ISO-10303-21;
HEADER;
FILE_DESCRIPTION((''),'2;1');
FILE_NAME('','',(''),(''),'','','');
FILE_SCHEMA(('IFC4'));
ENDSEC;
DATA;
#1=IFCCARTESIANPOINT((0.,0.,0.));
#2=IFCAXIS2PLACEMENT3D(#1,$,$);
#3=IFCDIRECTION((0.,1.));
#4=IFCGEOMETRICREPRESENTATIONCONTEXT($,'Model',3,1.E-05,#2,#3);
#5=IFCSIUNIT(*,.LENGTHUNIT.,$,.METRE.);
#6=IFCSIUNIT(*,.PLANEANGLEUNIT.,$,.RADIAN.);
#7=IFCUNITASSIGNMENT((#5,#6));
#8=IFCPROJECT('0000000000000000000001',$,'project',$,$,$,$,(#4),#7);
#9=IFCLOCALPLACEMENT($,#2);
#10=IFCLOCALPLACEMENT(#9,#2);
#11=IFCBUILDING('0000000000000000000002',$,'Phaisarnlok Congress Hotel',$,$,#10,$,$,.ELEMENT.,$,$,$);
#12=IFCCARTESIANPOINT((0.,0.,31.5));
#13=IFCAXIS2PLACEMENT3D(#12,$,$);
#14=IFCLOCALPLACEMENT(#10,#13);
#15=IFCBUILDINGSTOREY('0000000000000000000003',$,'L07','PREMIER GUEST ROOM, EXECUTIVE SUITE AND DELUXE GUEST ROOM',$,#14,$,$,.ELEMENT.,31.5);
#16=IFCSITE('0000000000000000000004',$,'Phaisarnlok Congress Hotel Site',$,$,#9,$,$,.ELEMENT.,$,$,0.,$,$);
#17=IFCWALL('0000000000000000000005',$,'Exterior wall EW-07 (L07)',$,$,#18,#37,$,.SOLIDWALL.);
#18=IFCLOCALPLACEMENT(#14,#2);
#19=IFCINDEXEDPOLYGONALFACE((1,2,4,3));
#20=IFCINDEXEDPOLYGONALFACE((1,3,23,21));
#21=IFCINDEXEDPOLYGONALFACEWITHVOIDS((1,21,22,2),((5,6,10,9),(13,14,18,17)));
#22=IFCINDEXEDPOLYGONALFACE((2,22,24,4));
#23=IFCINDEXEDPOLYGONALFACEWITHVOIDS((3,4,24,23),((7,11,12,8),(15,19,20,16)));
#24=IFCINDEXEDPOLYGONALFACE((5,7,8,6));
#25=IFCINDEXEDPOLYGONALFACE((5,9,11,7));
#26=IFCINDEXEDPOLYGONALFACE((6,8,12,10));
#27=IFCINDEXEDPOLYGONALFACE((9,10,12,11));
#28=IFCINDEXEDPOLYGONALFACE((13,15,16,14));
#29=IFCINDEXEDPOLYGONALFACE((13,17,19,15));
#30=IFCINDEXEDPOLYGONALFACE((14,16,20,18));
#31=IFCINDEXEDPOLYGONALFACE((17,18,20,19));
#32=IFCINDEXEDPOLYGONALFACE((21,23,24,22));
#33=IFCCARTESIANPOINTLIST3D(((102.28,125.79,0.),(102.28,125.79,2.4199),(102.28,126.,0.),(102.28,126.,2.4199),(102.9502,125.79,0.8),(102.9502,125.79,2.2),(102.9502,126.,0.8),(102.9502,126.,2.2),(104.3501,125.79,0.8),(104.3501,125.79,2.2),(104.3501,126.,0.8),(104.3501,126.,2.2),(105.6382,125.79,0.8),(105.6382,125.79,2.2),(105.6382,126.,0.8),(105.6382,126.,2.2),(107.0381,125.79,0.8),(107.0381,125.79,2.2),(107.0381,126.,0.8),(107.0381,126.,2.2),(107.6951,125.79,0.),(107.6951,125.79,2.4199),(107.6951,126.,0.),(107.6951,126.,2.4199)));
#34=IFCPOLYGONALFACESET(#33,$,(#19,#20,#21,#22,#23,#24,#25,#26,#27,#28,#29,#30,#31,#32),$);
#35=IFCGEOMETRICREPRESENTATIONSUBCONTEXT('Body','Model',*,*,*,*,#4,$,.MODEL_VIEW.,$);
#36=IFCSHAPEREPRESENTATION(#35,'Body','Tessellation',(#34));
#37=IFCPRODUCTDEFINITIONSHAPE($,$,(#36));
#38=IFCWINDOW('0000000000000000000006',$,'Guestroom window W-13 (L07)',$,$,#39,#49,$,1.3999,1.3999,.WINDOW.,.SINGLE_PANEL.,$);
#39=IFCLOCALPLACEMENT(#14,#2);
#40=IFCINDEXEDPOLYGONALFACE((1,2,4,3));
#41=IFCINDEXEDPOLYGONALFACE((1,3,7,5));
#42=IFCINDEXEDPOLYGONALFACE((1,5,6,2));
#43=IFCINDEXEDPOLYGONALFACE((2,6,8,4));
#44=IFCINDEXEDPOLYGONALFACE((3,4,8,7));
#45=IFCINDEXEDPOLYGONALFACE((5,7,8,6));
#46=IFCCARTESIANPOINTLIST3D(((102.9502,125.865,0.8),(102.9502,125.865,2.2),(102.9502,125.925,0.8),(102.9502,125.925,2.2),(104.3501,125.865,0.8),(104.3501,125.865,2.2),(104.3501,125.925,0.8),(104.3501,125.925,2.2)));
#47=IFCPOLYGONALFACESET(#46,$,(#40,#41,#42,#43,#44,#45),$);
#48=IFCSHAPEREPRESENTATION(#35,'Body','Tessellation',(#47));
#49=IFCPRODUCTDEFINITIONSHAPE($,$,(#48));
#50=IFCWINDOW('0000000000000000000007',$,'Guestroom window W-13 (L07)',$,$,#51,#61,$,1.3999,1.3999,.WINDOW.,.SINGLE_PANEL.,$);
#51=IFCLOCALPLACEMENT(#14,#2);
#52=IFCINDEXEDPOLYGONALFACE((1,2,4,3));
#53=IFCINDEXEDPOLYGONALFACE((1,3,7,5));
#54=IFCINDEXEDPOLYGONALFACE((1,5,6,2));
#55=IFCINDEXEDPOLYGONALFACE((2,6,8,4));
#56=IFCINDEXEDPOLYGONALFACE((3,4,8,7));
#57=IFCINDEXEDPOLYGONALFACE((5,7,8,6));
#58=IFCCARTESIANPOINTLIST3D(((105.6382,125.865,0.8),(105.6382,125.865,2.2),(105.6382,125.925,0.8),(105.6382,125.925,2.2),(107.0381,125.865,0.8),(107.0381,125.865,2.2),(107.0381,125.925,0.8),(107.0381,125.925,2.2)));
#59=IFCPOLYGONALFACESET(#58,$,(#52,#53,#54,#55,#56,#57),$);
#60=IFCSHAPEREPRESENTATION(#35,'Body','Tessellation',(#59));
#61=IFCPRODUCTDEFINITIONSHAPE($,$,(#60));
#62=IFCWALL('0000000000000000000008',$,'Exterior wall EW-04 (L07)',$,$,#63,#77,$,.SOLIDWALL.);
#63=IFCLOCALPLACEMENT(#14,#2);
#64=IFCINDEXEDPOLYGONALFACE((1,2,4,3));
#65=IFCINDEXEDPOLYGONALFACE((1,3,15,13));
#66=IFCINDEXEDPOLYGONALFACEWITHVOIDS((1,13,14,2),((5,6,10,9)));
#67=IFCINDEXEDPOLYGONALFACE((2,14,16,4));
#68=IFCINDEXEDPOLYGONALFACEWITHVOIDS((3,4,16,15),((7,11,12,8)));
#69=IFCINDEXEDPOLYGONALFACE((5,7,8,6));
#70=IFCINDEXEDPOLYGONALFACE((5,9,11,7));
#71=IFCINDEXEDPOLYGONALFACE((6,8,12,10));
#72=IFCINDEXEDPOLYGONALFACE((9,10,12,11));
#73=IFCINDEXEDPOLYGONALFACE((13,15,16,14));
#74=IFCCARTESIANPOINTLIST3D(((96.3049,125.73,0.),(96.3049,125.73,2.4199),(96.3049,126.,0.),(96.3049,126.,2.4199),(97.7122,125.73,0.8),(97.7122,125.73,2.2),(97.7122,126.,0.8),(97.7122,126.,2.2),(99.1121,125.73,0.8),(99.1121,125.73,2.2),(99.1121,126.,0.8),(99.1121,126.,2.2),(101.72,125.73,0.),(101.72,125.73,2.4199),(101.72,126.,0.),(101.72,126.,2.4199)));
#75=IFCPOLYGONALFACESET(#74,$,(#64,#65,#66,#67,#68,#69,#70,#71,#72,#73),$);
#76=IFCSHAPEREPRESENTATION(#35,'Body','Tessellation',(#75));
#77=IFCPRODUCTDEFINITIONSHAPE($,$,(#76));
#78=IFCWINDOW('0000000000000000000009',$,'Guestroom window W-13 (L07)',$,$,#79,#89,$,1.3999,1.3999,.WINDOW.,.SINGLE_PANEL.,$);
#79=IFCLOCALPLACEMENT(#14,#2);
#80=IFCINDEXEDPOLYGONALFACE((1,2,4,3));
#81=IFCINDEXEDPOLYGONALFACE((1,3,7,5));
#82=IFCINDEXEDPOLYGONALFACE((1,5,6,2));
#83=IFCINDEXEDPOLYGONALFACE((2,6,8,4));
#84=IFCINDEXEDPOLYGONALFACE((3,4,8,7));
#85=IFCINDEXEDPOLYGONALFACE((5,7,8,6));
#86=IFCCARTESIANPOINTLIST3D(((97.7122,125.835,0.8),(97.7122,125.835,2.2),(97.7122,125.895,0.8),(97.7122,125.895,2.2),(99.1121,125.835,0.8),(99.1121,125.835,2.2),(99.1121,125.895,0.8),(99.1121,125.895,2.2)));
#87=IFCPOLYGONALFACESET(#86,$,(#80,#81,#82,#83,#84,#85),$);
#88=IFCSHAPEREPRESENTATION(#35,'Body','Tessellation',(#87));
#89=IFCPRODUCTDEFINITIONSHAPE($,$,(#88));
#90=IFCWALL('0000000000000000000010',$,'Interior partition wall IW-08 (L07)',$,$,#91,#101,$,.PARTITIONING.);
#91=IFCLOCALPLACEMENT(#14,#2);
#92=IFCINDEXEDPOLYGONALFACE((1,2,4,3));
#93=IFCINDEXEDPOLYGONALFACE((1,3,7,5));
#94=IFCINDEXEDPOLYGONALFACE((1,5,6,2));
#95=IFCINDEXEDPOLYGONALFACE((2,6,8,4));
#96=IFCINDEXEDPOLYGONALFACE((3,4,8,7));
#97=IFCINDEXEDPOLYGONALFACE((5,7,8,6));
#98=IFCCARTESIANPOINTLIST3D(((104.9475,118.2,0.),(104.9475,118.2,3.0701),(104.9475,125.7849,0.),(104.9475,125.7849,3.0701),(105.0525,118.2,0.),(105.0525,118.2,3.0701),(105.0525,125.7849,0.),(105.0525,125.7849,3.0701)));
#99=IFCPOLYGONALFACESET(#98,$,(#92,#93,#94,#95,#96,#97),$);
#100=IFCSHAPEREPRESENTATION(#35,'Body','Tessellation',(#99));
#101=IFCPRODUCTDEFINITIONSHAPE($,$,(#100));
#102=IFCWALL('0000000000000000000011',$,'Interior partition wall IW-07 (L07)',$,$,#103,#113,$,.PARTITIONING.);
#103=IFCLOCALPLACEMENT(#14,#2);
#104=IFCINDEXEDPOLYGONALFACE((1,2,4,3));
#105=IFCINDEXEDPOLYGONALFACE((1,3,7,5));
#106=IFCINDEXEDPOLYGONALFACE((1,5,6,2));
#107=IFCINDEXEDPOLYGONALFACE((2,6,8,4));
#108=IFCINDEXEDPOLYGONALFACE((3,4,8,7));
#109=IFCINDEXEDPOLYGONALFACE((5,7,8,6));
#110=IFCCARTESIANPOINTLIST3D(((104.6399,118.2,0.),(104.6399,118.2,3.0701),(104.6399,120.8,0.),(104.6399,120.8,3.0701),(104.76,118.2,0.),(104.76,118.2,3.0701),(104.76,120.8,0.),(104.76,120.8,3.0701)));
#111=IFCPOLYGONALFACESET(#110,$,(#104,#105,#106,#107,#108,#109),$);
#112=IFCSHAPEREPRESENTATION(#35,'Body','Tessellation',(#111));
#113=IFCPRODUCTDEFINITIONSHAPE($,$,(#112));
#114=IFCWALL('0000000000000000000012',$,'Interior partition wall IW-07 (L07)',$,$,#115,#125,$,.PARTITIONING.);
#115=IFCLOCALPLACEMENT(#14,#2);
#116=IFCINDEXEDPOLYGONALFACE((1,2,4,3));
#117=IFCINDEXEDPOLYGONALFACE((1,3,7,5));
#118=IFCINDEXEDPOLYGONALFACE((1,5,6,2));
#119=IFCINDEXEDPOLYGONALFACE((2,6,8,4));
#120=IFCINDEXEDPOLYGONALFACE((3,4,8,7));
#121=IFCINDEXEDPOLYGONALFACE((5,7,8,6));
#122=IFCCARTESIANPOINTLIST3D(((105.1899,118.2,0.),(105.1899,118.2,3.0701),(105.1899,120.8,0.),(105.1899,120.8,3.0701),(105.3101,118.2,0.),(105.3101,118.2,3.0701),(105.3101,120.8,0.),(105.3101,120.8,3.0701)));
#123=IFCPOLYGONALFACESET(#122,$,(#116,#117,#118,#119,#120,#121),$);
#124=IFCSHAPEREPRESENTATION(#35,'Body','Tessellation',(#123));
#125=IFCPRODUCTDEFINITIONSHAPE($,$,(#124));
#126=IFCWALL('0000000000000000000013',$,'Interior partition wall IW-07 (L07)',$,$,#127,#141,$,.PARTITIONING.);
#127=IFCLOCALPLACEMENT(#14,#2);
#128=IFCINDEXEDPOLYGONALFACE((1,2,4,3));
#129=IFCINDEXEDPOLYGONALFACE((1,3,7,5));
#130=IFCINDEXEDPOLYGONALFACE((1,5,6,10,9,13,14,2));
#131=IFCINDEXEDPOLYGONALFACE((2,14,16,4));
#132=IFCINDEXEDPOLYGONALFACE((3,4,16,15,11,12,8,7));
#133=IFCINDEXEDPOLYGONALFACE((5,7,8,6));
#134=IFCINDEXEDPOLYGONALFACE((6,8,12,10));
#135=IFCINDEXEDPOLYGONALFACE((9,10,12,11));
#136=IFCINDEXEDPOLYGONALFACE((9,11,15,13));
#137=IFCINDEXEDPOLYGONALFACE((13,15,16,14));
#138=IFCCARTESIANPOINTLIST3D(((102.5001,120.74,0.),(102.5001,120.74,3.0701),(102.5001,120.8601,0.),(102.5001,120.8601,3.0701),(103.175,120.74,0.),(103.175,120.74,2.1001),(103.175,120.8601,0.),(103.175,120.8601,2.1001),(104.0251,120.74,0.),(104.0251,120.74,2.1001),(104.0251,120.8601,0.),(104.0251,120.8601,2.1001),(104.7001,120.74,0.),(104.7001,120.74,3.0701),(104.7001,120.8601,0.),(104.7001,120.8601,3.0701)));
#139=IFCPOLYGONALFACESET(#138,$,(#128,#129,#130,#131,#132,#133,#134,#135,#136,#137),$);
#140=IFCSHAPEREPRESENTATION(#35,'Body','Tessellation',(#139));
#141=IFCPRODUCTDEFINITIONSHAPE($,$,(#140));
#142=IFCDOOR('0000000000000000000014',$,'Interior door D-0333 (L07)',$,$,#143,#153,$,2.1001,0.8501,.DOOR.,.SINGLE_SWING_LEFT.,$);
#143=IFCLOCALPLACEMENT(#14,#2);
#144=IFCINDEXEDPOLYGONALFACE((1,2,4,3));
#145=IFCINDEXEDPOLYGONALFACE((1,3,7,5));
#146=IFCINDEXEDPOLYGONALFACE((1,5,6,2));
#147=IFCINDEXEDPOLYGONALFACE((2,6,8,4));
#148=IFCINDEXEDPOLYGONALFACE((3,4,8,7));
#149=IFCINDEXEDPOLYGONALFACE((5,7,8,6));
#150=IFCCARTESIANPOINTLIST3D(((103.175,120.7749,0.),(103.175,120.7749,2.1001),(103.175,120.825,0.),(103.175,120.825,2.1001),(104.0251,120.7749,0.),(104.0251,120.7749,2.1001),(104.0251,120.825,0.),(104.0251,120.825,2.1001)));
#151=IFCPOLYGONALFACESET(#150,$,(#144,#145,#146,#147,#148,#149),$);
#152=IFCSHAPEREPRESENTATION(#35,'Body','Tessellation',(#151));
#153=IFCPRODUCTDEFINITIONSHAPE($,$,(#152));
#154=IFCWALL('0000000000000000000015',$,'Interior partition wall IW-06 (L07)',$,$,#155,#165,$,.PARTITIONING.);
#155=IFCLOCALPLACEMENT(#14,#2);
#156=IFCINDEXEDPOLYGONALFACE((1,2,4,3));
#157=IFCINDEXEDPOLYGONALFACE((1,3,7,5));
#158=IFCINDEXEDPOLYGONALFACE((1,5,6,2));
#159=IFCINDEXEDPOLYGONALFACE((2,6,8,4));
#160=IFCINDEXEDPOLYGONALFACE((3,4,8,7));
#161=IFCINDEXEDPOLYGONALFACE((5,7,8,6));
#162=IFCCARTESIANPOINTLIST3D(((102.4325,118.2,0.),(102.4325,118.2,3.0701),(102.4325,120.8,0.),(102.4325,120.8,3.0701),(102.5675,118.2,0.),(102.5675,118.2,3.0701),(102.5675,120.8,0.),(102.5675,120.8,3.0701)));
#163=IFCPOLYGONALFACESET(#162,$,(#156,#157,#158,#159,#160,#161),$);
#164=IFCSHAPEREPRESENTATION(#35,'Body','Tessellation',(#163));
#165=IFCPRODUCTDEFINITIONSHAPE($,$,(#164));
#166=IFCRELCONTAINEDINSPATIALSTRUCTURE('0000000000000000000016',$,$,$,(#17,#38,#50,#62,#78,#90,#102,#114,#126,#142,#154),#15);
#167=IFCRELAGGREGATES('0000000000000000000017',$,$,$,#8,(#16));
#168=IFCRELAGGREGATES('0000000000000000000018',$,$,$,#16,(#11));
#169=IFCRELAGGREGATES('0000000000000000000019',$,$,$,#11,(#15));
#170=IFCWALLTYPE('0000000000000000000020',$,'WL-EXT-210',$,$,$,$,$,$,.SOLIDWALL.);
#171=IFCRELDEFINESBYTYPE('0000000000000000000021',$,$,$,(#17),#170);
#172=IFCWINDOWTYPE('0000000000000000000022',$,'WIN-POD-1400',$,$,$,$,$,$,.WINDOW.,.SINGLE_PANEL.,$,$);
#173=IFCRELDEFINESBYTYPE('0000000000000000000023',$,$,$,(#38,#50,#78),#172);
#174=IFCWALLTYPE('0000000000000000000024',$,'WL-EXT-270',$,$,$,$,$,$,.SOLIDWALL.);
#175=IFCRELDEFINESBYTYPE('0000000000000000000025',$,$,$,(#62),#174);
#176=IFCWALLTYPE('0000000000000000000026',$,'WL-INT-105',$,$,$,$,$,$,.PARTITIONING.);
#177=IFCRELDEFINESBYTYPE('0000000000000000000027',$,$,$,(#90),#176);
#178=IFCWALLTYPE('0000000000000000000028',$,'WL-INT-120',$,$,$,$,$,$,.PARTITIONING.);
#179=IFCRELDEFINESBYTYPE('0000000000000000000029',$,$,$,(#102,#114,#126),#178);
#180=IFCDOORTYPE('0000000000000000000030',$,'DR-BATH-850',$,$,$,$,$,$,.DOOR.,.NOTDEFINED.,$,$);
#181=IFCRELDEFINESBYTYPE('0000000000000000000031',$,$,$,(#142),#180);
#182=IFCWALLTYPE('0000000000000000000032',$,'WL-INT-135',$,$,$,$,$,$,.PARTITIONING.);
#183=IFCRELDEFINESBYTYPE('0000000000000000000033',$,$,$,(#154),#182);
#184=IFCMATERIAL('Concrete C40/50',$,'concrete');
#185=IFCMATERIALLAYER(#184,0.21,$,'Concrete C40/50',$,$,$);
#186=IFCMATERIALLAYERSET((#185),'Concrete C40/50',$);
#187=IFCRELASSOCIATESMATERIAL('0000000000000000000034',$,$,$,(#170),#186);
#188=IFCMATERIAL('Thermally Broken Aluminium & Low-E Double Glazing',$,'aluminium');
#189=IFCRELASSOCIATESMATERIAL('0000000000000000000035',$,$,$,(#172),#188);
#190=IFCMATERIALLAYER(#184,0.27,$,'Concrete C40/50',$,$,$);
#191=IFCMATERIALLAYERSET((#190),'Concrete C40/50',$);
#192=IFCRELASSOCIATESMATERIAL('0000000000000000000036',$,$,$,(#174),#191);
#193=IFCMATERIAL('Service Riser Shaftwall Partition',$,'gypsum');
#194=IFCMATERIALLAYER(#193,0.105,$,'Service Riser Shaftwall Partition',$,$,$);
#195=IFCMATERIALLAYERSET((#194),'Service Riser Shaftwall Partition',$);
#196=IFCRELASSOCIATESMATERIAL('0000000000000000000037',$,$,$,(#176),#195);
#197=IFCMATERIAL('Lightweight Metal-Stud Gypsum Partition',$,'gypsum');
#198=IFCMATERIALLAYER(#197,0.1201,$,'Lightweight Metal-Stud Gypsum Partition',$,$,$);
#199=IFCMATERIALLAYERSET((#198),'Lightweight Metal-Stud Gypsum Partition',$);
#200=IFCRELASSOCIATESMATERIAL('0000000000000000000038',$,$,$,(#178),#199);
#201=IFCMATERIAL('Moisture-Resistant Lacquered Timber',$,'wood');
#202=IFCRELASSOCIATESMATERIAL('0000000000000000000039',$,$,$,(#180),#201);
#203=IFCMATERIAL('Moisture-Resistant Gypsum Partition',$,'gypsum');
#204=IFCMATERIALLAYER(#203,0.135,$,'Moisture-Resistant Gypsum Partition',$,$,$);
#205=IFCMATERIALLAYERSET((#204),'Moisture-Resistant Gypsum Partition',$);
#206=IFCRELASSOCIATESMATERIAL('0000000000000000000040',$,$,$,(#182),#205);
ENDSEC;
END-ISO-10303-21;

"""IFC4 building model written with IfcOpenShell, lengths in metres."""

from ifc_helpers import new_model, si_unit, direction, frame, frame_2d, origin, place, context, subcontext, project, spatial, rectangle, extrude, material, layer, layer_set, type_object, element, fill, save


model = new_model("IFC4")

# Units and contexts
model_context = context("Model", 3, precision=1e-05, world=origin(), true_north=direction((0.0, 1.0)))
body_context = subcontext(model_context, "Body", "Model", "MODEL_VIEW")
ifc_project = project(units=[si_unit("LENGTHUNIT", "METRE"), si_unit("PLANEANGLEUNIT", "RADIAN")], contexts=[model_context])

# Site, building, storey
site_placement = place(None, origin())
site = spatial("IfcSite", under=ifc_project, at=site_placement, Name="Phaisarnlok Congress Hotel Site", CompositionType="ELEMENT", RefElevation=0.0)
building_placement = place(site_placement, origin())
building = spatial("IfcBuilding", under=site, at=building_placement, Name="Phaisarnlok Congress Hotel", CompositionType="ELEMENT")
storey_placement = place(building_placement, frame((0.0, 0.0, 31.5)))
storey = spatial("IfcBuildingStorey", under=building, at=storey_placement, Name="L07", Description="PREMIER GUEST ROOM, EXECUTIVE SUITE AND DELUXE GUEST ROOM", CompositionType="ELEMENT", Elevation=31.5)

# Shared definitions
ifc_material_1 = material(Name="Concrete C40/50", Category="concrete")

# Wall, openings, windows
ifc_layer_1 = layer(ifc_material_1, 0.21, Name="Concrete C40/50")
ifc_layer_set_1 = layer_set([ifc_layer_1], Name="Concrete C40/50")
wall_type_1 = type_object("IfcWallType", Name="WL-EXT-210", PredefinedType="SOLIDWALL", material=ifc_layer_set_1)
wall_1_placement = place(storey_placement, frame((107.6951, 125.895, 0.0), z_axis=(0.0, 0.0, 1.0), x_axis=(-1.0, 0.0, 0.0)))
wall_1 = element("IfcWall", 1, at=wall_1_placement, inside=storey, type_object=wall_type_1, Name="Exterior wall EW-07 (L07)", PredefinedType="SOLIDWALL", context=body_context, shape_type="SweptSolid", body=[
    extrude(rectangle(XDim=5.415, YDim=0.21, at=frame_2d((2.7075, 0.0))), origin(), (0.0, 0.0, 1.0), 2.4199),
])
opening_1_placement = place(wall_1_placement, frame((3.345, 0.0, 0.8)))
opening_1 = element("IfcOpeningElement", 2, at=opening_1_placement, cuts=wall_1, PredefinedType="OPENING", context=body_context, shape_type="SweptSolid", body=[
    extrude(rectangle(XDim=1.3999, YDim=1.3999, at=frame_2d((0.7, 0.7))), frame((0.0, 0.115, 0.0), z_axis=(0.0, -1.0, 0.0), x_axis=(1.0, 0.0, 0.0)), (0.0, 0.0, 1.0), 0.23),
])
opening_2_placement = place(wall_1_placement, frame((0.657, 0.0, 0.8)))
opening_2 = element("IfcOpeningElement", 3, at=opening_2_placement, cuts=wall_1, PredefinedType="OPENING", context=body_context, shape_type="SweptSolid", body=[
    extrude(rectangle(XDim=1.3999, YDim=1.3999, at=frame_2d((0.7, 0.7))), frame((0.0, 0.115, 0.0), z_axis=(0.0, -1.0, 0.0), x_axis=(1.0, 0.0, 0.0)), (0.0, 0.0, 1.0), 0.23),
])
ifc_material_2 = material(Name="Thermally Broken Aluminium & Low-E Double Glazing", Category="aluminium")
window_type = type_object("IfcWindowType", Name="WIN-POD-1400", PartitioningType="SINGLE_PANEL", PredefinedType="WINDOW", material=ifc_material_2)
window_1_placement = place(opening_1_placement, origin())
window_1 = element("IfcWindow", 4, at=window_1_placement, inside=storey, type_object=window_type, Name="Guestroom window W-13 (L07)", OverallHeight=1.3999, OverallWidth=1.3999, PartitioningType="SINGLE_PANEL", PredefinedType="WINDOW", context=body_context, shape_type="SweptSolid", body=[
    extrude(rectangle(XDim=1.3999, YDim=1.3999, at=frame_2d((0.7, 0.7))), frame((0.0, 0.03, 0.0), z_axis=(0.0, -1.0, 0.0), x_axis=(1.0, 0.0, 0.0)), (0.0, 0.0, 1.0), 0.0601),
])
fill(opening_1, window_1)
window_2_placement = place(opening_2_placement, origin())
window_2 = element("IfcWindow", 5, at=window_2_placement, inside=storey, type_object=window_type, Name="Guestroom window W-13 (L07)", OverallHeight=1.3999, OverallWidth=1.3999, PartitioningType="SINGLE_PANEL", PredefinedType="WINDOW", context=body_context, shape_type="SweptSolid", body=[
    extrude(rectangle(XDim=1.3999, YDim=1.3999, at=frame_2d((0.7, 0.7))), frame((0.0, 0.03, 0.0), z_axis=(0.0, -1.0, 0.0), x_axis=(1.0, 0.0, 0.0)), (0.0, 0.0, 1.0), 0.0601),
])
fill(opening_2, window_2)

# Wall, opening, window
ifc_layer_2 = layer(ifc_material_1, 0.27, Name="Concrete C40/50")
ifc_layer_set_2 = layer_set([ifc_layer_2], Name="Concrete C40/50")
wall_type_2 = type_object("IfcWallType", Name="WL-EXT-270", PredefinedType="SOLIDWALL", material=ifc_layer_set_2)
wall_2_placement = place(storey_placement, frame((101.72, 125.865, 0.0), z_axis=(0.0, 0.0, 1.0), x_axis=(-1.0, 0.0, 0.0)))
wall_2 = element("IfcWall", 6, at=wall_2_placement, inside=storey, type_object=wall_type_2, Name="Exterior wall EW-04 (L07)", PredefinedType="SOLIDWALL", context=body_context, shape_type="SweptSolid", body=[
    extrude(rectangle(XDim=5.415, YDim=0.27, at=frame_2d((2.7075, 0.0))), origin(), (0.0, 0.0, 1.0), 2.4199),
])
opening_3_placement = place(wall_2_placement, frame((2.6079, 0.0, 0.8)))
opening_3 = element("IfcOpeningElement", 7, at=opening_3_placement, cuts=wall_2, PredefinedType="OPENING", context=body_context, shape_type="SweptSolid", body=[
    extrude(rectangle(XDim=1.3999, YDim=1.3999, at=frame_2d((0.7, 0.7))), frame((0.0, 0.145, 0.0), z_axis=(0.0, -1.0, 0.0), x_axis=(1.0, 0.0, 0.0)), (0.0, 0.0, 1.0), 0.29),
])
window_3_placement = place(opening_3_placement, origin())
window_3 = element("IfcWindow", 8, at=window_3_placement, inside=storey, type_object=window_type, Name="Guestroom window W-13 (L07)", OverallHeight=1.3999, OverallWidth=1.3999, PartitioningType="SINGLE_PANEL", PredefinedType="WINDOW", context=body_context, shape_type="SweptSolid", body=[
    extrude(rectangle(XDim=1.3999, YDim=1.3999, at=frame_2d((0.7, 0.7))), frame((0.0, 0.03, 0.0), z_axis=(0.0, -1.0, 0.0), x_axis=(1.0, 0.0, 0.0)), (0.0, 0.0, 1.0), 0.0601),
])
fill(opening_3, window_3)

# Walls
ifc_material_3 = material(Name="Service Riser Shaftwall Partition", Category="gypsum")
ifc_layer_3 = layer(ifc_material_3, 0.105, Name="Service Riser Shaftwall Partition")
ifc_layer_set_3 = layer_set([ifc_layer_3], Name="Service Riser Shaftwall Partition")
wall_type_3 = type_object("IfcWallType", Name="WL-INT-105", PredefinedType="PARTITIONING", material=ifc_layer_set_3)
wall_3_placement = place(storey_placement, frame((105.0, 118.2, 0.0), z_axis=(0.0, 0.0, 1.0), x_axis=(0.0, 1.0, 0.0)))
element("IfcWall", 9, at=wall_3_placement, inside=storey, type_object=wall_type_3, Name="Interior partition wall IW-08 (L07)", PredefinedType="PARTITIONING", context=body_context, shape_type="SweptSolid", body=[
    extrude(rectangle(XDim=7.585, YDim=0.105, at=frame_2d((3.7925, 0.0))), origin(), (0.0, 0.0, 1.0), 3.0701),
])
ifc_material_4 = material(Name="Lightweight Metal-Stud Gypsum Partition", Category="gypsum")
ifc_layer_4 = layer(ifc_material_4, 0.1201, Name="Lightweight Metal-Stud Gypsum Partition")
ifc_layer_set_4 = layer_set([ifc_layer_4], Name="Lightweight Metal-Stud Gypsum Partition")
wall_type_4 = type_object("IfcWallType", Name="WL-INT-120", PredefinedType="PARTITIONING", material=ifc_layer_set_4)
for number, where, z_axis, x_axis, name in (
    (10, (104.7, 118.2, 0.0), (0.0, 0.0, 1.0), (0.0, 1.0, 0.0), "Interior partition wall IW-07 (L07)"),
    (11, (105.25, 118.2, 0.0), (0.0, 0.0, 1.0), (0.0, 1.0, 0.0), "Interior partition wall IW-07 (L07)"),
):
    element("IfcWall", number, at=place(storey_placement, frame(where, z_axis=z_axis, x_axis=x_axis)), inside=storey, type_object=wall_type_4, Name=name, PredefinedType="PARTITIONING", context=body_context, shape_type="SweptSolid", body=[
        extrude(rectangle(XDim=2.6001, YDim=0.1201, at=frame_2d((1.3, 0.0))), origin(), (0.0, 0.0, 1.0), 3.0701),
    ])

# Wall, opening, door
wall_4_placement = place(storey_placement, frame((102.5, 120.8, 0.0), z_axis=(0.0, 0.0, 1.0), x_axis=(1.0, 0.0, 0.0)))
wall_4 = element("IfcWall", 12, at=wall_4_placement, inside=storey, type_object=wall_type_4, Name="Interior partition wall IW-07 (L07)", PredefinedType="PARTITIONING", context=body_context, shape_type="SweptSolid", body=[
    extrude(rectangle(XDim=2.2, YDim=0.1201, at=frame_2d((1.1001, 0.0))), origin(), (0.0, 0.0, 1.0), 3.0701),
])
opening_4_placement = place(wall_4_placement, frame((0.675, 0.0, 0.0)))
opening_4 = element("IfcOpeningElement", 13, at=opening_4_placement, cuts=wall_4, PredefinedType="OPENING", context=body_context, shape_type="SweptSolid", body=[
    extrude(rectangle(XDim=0.8501, YDim=2.1001, at=frame_2d((0.425, 1.05))), frame((0.0, 0.0701, 0.0), z_axis=(0.0, -1.0, 0.0), x_axis=(1.0, 0.0, 0.0)), (0.0, 0.0, 1.0), 0.1401),
])
ifc_material_5 = material(Name="Moisture-Resistant Lacquered Timber", Category="wood")
door_type = type_object("IfcDoorType", Name="DR-BATH-850", OperationType="NOTDEFINED", PredefinedType="DOOR", material=ifc_material_5)
door_1_placement = place(opening_4_placement, origin())
door_1 = element("IfcDoor", 14, at=door_1_placement, inside=storey, type_object=door_type, Name="Interior door D-0333 (L07)", OperationType="SINGLE_SWING_LEFT", OverallHeight=2.1001, OverallWidth=0.8501, PredefinedType="DOOR", context=body_context, shape_type="SweptSolid", body=[
    extrude(rectangle(XDim=0.8501, YDim=2.1001, at=frame_2d((0.425, 1.05))), frame((0.0, 0.0249, 0.0), z_axis=(0.0, -1.0, 0.0), x_axis=(1.0, 0.0, 0.0)), (0.0, 0.0, 1.0), 0.05),
])
fill(opening_4, door_1)

# Wall
ifc_material_6 = material(Name="Moisture-Resistant Gypsum Partition", Category="gypsum")
ifc_layer_5 = layer(ifc_material_6, 0.135, Name="Moisture-Resistant Gypsum Partition")
ifc_layer_set_5 = layer_set([ifc_layer_5], Name="Moisture-Resistant Gypsum Partition")
wall_type_5 = type_object("IfcWallType", Name="WL-INT-135", PredefinedType="PARTITIONING", material=ifc_layer_set_5)
for number, where, z_axis, x_axis, name in (
    (15, (102.5, 118.2, 0.0), (0.0, 0.0, 1.0), (0.0, 1.0, 0.0), "Interior partition wall IW-06 (L07)"),
):
    element("IfcWall", number, at=place(storey_placement, frame(where, z_axis=z_axis, x_axis=x_axis)), inside=storey, type_object=wall_type_5, Name=name, PredefinedType="PARTITIONING", context=body_context, shape_type="SweptSolid", body=[
        extrude(rectangle(XDim=2.6001, YDim=0.135, at=frame_2d((1.3, 0.0))), origin(), (0.0, 0.0, 1.0), 3.0701),
    ])

save(model, "model.ifc")
